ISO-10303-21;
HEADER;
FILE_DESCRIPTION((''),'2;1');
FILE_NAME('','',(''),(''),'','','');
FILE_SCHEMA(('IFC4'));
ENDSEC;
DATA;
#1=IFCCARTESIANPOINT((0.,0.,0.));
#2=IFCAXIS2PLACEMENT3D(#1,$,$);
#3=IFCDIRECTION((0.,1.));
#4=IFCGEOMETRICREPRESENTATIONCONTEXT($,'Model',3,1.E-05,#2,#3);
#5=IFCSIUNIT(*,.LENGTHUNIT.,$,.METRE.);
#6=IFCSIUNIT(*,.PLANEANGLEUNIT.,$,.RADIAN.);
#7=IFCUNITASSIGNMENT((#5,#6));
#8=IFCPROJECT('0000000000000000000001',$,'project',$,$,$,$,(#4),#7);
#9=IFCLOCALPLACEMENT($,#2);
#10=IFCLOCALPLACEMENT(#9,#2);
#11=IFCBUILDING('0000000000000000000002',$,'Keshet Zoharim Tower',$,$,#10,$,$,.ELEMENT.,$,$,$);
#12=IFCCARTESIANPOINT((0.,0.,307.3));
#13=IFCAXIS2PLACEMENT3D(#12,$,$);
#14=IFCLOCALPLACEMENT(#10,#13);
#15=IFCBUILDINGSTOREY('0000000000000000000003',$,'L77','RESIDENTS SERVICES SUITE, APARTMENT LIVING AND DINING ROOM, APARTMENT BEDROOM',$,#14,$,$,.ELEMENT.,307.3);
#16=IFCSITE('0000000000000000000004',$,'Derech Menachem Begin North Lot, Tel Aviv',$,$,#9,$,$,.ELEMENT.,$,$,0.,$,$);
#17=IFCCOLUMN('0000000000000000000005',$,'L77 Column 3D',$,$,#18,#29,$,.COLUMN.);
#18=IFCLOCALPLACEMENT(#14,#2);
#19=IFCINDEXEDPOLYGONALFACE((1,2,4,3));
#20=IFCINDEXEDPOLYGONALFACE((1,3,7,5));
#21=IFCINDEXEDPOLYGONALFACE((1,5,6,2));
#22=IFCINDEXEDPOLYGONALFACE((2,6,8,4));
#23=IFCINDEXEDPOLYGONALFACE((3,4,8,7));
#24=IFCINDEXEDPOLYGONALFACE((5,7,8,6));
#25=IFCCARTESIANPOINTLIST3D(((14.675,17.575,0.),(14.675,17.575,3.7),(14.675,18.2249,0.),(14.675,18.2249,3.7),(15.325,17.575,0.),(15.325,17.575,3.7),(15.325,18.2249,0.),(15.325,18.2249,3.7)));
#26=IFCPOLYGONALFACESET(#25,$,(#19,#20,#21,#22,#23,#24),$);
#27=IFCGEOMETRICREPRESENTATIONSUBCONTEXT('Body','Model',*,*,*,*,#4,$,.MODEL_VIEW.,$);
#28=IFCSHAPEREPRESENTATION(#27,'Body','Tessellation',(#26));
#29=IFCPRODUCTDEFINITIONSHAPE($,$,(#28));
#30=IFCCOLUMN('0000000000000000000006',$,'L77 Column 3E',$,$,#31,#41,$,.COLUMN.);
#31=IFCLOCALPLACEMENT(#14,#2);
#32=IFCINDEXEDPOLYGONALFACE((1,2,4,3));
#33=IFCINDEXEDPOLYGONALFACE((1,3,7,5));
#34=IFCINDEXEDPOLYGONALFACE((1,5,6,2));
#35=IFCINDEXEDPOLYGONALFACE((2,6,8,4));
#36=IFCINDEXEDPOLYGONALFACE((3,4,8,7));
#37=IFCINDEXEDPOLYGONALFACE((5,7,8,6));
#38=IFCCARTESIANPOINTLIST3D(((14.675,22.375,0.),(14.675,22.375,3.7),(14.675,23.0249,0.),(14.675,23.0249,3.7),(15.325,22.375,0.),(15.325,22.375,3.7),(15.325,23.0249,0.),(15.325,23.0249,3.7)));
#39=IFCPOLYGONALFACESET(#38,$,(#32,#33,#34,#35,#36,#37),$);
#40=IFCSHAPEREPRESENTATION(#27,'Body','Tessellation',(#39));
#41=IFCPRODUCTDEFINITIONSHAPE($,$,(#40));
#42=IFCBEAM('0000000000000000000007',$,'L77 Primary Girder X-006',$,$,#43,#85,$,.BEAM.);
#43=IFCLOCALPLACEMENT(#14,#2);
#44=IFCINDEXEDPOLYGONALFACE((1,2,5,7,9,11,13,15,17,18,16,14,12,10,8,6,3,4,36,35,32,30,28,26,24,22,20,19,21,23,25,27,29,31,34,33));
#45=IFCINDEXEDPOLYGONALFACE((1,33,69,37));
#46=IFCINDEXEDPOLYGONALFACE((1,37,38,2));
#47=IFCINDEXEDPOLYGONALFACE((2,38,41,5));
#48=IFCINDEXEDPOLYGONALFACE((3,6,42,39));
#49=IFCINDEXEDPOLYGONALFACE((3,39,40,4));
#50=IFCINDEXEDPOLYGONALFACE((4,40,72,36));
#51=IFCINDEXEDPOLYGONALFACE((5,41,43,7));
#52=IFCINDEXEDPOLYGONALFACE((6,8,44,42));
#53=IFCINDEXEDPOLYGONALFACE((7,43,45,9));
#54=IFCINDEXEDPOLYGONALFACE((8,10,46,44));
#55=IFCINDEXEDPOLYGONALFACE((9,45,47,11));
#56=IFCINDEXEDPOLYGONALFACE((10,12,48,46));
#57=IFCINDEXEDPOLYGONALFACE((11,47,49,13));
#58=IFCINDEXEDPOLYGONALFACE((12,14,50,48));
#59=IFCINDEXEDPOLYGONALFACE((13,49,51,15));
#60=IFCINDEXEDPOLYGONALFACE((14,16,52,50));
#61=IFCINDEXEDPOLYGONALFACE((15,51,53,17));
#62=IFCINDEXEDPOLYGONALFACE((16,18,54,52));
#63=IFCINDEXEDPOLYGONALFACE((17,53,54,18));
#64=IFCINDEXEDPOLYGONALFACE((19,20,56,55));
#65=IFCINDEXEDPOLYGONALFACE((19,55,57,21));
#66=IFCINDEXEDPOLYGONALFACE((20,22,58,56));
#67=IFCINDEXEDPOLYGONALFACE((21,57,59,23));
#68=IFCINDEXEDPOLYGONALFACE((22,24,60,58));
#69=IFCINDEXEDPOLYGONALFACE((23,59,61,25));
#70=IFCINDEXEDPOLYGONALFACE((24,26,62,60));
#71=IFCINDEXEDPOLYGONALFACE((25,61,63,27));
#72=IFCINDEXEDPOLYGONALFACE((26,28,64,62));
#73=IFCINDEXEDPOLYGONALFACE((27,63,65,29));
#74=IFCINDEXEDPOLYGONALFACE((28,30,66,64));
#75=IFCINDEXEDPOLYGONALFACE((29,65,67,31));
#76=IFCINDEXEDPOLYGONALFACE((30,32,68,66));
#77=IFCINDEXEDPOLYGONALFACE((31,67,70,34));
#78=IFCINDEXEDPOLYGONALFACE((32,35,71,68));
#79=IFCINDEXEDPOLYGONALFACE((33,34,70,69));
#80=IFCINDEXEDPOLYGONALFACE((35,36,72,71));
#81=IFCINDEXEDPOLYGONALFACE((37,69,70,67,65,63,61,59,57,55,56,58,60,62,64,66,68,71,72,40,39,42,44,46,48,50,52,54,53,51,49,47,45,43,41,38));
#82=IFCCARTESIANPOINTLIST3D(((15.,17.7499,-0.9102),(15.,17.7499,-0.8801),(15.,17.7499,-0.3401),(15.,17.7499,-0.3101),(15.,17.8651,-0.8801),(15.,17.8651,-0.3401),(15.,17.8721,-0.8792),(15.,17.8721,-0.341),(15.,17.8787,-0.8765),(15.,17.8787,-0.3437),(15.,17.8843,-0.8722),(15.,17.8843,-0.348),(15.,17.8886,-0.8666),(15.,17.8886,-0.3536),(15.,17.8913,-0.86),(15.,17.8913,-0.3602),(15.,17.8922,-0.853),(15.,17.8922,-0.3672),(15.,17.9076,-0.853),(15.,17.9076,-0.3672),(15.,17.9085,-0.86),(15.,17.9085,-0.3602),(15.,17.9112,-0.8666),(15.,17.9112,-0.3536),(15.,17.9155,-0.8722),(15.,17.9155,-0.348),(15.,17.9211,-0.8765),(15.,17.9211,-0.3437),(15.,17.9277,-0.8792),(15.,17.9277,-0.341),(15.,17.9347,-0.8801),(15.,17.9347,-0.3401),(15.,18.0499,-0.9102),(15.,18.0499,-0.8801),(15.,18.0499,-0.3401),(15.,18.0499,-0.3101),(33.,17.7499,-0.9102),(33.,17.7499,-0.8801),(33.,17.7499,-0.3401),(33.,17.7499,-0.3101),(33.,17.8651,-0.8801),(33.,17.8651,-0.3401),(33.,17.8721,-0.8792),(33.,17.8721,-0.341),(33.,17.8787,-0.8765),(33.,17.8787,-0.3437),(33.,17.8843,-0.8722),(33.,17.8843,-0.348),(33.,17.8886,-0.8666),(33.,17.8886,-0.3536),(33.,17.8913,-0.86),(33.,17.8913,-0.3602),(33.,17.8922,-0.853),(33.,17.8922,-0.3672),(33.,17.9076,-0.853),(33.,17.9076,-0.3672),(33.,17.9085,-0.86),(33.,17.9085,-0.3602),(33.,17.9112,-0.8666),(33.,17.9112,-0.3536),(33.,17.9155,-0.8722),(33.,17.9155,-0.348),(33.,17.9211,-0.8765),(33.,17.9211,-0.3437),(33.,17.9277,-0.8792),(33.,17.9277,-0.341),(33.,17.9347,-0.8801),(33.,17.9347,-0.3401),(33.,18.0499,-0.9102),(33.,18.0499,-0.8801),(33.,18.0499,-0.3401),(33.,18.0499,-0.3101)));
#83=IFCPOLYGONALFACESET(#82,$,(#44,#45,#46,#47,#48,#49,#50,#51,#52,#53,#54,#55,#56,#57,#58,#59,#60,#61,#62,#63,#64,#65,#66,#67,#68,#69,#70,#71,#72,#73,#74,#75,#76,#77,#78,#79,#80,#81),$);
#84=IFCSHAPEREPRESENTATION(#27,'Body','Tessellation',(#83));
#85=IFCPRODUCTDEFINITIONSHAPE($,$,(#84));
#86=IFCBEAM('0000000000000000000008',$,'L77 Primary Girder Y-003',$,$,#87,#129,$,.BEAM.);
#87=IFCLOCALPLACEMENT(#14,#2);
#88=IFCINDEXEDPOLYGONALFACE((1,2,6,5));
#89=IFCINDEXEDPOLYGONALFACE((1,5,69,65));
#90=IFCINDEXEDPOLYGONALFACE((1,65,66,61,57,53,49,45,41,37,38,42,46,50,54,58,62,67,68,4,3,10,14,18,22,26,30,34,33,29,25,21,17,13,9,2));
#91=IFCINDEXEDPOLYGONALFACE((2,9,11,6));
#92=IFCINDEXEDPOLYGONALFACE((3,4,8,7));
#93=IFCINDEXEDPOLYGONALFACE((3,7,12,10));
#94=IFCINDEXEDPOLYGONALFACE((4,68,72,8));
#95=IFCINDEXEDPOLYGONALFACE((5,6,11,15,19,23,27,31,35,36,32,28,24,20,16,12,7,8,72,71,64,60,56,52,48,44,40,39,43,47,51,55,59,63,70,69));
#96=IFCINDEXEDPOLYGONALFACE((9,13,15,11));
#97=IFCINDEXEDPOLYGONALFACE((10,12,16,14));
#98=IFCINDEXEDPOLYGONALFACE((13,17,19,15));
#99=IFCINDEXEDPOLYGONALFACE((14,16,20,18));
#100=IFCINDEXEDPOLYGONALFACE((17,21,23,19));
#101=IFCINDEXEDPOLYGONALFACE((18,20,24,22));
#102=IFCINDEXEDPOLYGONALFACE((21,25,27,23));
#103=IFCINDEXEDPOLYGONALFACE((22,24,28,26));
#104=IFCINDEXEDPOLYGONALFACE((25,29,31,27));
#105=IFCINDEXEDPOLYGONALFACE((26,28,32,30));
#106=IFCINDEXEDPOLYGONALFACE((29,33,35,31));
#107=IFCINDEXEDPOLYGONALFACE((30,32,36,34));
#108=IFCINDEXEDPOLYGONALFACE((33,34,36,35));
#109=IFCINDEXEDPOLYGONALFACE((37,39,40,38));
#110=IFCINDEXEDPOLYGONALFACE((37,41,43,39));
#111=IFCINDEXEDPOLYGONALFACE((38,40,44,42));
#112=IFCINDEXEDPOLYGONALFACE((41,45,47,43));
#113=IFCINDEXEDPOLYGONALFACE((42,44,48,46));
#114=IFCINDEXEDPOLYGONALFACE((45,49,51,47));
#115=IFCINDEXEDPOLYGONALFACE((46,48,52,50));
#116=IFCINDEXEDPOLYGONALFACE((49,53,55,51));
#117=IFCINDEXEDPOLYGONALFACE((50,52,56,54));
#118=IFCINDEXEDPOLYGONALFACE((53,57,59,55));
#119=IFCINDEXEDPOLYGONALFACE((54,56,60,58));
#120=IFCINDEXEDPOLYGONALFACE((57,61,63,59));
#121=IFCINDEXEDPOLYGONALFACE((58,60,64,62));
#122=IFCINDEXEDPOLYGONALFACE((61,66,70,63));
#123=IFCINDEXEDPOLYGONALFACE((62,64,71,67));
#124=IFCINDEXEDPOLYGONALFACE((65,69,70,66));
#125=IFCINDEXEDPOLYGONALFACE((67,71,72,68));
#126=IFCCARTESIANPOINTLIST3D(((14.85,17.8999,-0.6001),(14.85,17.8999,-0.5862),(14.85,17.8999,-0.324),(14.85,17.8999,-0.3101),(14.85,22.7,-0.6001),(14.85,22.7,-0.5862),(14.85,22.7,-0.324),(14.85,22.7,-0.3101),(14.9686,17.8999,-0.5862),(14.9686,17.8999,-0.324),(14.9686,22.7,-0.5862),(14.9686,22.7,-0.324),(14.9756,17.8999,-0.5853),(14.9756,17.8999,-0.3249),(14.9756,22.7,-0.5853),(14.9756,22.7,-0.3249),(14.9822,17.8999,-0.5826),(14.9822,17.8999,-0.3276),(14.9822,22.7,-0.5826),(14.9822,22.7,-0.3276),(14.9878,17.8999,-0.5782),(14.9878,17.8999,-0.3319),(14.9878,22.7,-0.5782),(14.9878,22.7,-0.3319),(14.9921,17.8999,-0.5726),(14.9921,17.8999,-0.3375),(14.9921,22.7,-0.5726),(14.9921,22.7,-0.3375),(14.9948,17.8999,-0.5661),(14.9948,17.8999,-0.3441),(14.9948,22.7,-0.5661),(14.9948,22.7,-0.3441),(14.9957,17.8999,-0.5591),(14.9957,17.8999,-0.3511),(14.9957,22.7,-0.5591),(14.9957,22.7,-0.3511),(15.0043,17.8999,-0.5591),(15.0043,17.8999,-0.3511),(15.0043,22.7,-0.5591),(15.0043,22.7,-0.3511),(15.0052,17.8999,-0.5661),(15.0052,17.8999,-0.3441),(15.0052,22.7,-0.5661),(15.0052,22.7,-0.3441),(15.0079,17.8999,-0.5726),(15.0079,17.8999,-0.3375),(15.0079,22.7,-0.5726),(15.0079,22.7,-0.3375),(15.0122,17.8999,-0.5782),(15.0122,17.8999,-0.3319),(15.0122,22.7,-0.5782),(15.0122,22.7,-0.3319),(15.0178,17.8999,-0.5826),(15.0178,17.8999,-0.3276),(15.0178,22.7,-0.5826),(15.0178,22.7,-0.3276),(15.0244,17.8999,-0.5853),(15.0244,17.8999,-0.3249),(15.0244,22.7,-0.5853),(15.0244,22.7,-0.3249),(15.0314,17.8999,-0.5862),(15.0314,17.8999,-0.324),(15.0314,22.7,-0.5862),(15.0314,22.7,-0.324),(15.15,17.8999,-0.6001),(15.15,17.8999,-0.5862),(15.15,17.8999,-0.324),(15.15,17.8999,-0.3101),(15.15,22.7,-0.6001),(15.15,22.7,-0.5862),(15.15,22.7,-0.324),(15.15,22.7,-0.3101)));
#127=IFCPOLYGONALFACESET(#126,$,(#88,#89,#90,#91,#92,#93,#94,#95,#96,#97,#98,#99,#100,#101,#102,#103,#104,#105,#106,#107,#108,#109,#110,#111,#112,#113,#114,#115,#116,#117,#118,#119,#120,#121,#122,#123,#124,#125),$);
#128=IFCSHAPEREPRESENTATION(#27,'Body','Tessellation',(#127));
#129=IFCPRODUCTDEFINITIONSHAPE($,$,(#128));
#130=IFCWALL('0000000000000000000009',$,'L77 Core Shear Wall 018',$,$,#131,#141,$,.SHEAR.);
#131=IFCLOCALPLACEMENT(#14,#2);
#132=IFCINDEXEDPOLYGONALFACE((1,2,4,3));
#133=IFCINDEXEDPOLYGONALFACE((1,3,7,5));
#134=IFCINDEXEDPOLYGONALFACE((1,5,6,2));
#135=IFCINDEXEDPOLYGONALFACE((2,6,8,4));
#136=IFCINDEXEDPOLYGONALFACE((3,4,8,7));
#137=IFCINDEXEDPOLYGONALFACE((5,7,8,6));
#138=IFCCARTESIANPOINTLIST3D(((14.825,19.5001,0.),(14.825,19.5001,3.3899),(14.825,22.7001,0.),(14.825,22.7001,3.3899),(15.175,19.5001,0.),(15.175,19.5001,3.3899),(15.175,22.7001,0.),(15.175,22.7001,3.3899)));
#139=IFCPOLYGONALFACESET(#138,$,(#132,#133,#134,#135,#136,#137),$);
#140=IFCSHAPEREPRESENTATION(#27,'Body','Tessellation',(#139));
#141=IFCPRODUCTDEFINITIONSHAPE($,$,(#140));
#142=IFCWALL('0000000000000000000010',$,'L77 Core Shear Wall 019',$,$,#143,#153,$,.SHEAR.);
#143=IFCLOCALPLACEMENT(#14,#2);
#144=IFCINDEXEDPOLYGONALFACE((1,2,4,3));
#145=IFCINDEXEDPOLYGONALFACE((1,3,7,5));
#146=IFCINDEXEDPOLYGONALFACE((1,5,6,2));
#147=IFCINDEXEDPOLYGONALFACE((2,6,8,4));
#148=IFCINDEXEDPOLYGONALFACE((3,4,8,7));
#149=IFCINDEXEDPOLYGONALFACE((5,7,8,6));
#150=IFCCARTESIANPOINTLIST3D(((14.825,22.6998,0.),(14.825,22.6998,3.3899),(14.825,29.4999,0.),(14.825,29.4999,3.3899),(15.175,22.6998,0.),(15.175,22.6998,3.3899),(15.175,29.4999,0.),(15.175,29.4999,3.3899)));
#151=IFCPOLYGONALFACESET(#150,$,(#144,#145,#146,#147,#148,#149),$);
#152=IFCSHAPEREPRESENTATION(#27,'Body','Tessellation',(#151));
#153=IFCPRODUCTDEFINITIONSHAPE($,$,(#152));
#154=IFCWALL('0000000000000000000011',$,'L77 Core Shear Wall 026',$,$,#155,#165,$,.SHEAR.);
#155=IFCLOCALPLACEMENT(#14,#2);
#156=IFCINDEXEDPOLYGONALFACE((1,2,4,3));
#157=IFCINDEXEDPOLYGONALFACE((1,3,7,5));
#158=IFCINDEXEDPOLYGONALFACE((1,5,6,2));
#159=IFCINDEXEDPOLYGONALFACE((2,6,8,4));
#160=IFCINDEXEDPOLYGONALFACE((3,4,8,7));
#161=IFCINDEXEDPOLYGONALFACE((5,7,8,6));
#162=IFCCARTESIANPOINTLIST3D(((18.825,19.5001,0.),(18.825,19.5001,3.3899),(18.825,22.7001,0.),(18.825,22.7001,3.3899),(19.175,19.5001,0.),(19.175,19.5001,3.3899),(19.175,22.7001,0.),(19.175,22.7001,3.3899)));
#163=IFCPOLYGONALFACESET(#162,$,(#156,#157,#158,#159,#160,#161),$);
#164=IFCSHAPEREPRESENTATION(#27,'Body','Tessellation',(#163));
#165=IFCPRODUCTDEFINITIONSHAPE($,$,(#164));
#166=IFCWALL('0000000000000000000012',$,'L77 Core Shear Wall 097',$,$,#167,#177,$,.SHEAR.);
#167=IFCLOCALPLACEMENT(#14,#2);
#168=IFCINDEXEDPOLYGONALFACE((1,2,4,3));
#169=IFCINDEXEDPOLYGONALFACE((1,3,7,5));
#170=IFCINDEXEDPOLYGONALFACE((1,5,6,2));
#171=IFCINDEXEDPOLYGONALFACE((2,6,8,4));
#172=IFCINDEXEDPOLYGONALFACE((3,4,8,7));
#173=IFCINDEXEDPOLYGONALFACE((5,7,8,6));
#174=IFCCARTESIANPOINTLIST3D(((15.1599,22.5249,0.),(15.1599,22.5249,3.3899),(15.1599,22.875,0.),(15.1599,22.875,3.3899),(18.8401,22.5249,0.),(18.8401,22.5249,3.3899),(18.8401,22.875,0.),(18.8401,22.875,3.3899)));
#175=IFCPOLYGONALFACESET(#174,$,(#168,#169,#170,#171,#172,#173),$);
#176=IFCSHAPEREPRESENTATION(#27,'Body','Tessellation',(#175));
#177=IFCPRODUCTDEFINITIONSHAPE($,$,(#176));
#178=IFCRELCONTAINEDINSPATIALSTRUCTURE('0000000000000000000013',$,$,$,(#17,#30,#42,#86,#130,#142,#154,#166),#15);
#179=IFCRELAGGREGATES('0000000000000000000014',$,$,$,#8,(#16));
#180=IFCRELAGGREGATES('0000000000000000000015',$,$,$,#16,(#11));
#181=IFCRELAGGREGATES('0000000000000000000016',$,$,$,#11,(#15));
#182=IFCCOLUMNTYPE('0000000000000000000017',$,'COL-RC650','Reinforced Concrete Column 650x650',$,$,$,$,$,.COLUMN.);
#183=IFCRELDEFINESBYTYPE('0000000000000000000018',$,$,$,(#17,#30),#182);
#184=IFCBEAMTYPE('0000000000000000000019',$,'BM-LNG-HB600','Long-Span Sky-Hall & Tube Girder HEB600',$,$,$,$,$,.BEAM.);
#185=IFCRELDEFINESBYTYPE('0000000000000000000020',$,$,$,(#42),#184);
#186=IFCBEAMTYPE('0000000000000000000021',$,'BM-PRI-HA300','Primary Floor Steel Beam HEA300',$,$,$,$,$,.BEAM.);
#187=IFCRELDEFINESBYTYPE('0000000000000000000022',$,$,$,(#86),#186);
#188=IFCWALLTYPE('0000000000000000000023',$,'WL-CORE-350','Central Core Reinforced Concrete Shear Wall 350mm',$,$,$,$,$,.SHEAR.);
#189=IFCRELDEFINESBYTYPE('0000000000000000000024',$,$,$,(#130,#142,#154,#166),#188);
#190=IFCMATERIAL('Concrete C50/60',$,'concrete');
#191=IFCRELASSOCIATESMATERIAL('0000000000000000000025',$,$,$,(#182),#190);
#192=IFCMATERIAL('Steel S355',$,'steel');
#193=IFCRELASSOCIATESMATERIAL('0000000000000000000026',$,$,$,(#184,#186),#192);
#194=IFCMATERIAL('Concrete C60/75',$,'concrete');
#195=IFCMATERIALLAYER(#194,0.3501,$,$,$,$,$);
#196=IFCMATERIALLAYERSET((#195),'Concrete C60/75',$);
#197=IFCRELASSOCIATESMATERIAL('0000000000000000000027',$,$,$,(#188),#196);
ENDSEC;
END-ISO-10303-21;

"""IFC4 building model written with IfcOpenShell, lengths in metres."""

from ifc_helpers import new_model, si_unit, direction, frame, frame_2d, origin, origin_2d, place, context, subcontext, project, spatial, rectangle, i_section, extrude, material, layer, layer_set, material_profile, profile_set, type_object, element, save


model = new_model("IFC4")

# Units and contexts
model_context = context("Model", 3, precision=1e-05, world=origin(), true_north=direction((0.0, 1.0)))
body_context = subcontext(model_context, "Body", "Model", "MODEL_VIEW")
ifc_project = project(units=[si_unit("LENGTHUNIT", "METRE"), si_unit("PLANEANGLEUNIT", "RADIAN")], contexts=[model_context])

# Site, building, storey
site_placement = place(None, origin())
site = spatial("IfcSite", under=ifc_project, at=site_placement, Name="Derech Menachem Begin North Lot, Tel Aviv", CompositionType="ELEMENT", RefElevation=0.0)
building_placement = place(site_placement, origin())
building = spatial("IfcBuilding", under=site, at=building_placement, Name="Keshet Zoharim Tower", CompositionType="ELEMENT")
storey_placement = place(building_placement, frame((0.0, 0.0, 307.3)))
storey = spatial("IfcBuildingStorey", under=building, at=storey_placement, Name="L77", Description="RESIDENTS SERVICES SUITE, APARTMENT LIVING AND DINING ROOM, APARTMENT BEDROOM", CompositionType="ELEMENT", Elevation=307.3)

# Columns
ifc_material_1 = material(Name="Concrete C50/60", Category="concrete")
ifc_material_profile_1 = material_profile(ifc_material_1, rectangle(XDim=0.6499, YDim=0.6499, at=origin_2d()), Name="RC650x650")
ifc_profile_set_1 = profile_set([ifc_material_profile_1], Name="Concrete C50/60")
column_type = type_object("IfcColumnType", Name="COL-RC650", Description="Reinforced Concrete Column 650x650", PredefinedType="COLUMN", material=ifc_profile_set_1)
for number, where, z_axis, x_axis, name in (
    (1, (15.0, 17.8999, 0.0), (0.0, 0.0, 1.0), (1.0, 0.0, 0.0), "L77 Column 3D"),
    (2, (15.0, 22.7, 0.0), (0.0, 0.0, 1.0), (1.0, 0.0, 0.0), "L77 Column 3E"),
):
    element("IfcColumn", number, at=place(storey_placement, frame(where, z_axis=z_axis, x_axis=x_axis)), inside=storey, type_object=column_type, Name=name, PredefinedType="COLUMN", context=body_context, shape_type="SweptSolid", body=[
        extrude(rectangle(XDim=0.6499, YDim=0.6499, at=origin_2d()), origin(), (0.0, 0.0, 1.0), 3.7),
    ])

# Beams
ifc_material_2 = material(Name="Steel S355", Category="steel")
ifc_material_profile_2 = material_profile(ifc_material_2, i_section(OverallWidth=0.3, OverallDepth=0.6001, WebThickness=0.0154, FlangeThickness=0.03, FilletRadius=0.0271, at=origin_2d()), Name="HEB600")
ifc_profile_set_2 = profile_set([ifc_material_profile_2], Name="Steel S355")
beam_type_1 = type_object("IfcBeamType", Name="BM-LNG-HB600", Description="Long-Span Sky-Hall & Tube Girder HEB600", PredefinedType="BEAM", material=ifc_profile_set_2)
beam_1_placement = place(storey_placement, frame((15.0, 17.8999, -0.6101), z_axis=(1.0, 0.0, 0.0), x_axis=(0.0, 1.0, 0.0)))
element("IfcBeam", 3, at=beam_1_placement, inside=storey, type_object=beam_type_1, Name="L77 Primary Girder X-006", PredefinedType="BEAM", context=body_context, shape_type="SweptSolid", body=[
    extrude(i_section(OverallWidth=0.3, OverallDepth=0.6001, WebThickness=0.0154, FlangeThickness=0.03, FilletRadius=0.0271, at=origin_2d()), origin(), (0.0, 0.0, 1.0), 18.0),
])
ifc_material_profile_3 = material_profile(ifc_material_2, i_section(OverallWidth=0.3, OverallDepth=0.29, WebThickness=0.0085, FlangeThickness=0.0139, FilletRadius=0.0271, at=origin_2d()), Name="HEA300")
ifc_profile_set_3 = profile_set([ifc_material_profile_3], Name="Steel S355")
beam_type_2 = type_object("IfcBeamType", Name="BM-PRI-HA300", Description="Primary Floor Steel Beam HEA300", PredefinedType="BEAM", material=ifc_profile_set_3)
beam_2_placement = place(storey_placement, frame((15.0, 17.8999, -0.4551), z_axis=(0.0, 1.0, 0.0), x_axis=(-1.0, 0.0, 0.0)))
element("IfcBeam", 4, at=beam_2_placement, inside=storey, type_object=beam_type_2, Name="L77 Primary Girder Y-003", PredefinedType="BEAM", context=body_context, shape_type="SweptSolid", body=[
    extrude(i_section(OverallWidth=0.3, OverallDepth=0.29, WebThickness=0.0085, FlangeThickness=0.0139, FilletRadius=0.0271, at=origin_2d()), origin(), (0.0, 0.0, 1.0), 4.8),
])

# Walls
ifc_material_3 = material(Name="Concrete C60/75", Category="concrete")
ifc_layer_1 = layer(ifc_material_3, 0.3501)
ifc_layer_set_1 = layer_set([ifc_layer_1], Name="Concrete C60/75")
wall_type_1 = type_object("IfcWallType", Name="WL-CORE-350", Description="Central Core Reinforced Concrete Shear Wall 350mm", PredefinedType="SHEAR", material=ifc_layer_set_1)
wall_1_placement = place(storey_placement, frame((15.0, 19.5, 0.0), z_axis=(0.0, 0.0, 1.0), x_axis=(0.0, 1.0, 0.0)))
element("IfcWall", 5, at=wall_1_placement, inside=storey, type_object=wall_type_1, Name="L77 Core Shear Wall 018", PredefinedType="SHEAR", context=body_context, shape_type="SweptSolid", body=[
    extrude(rectangle(XDim=3.2, YDim=0.3501, at=frame_2d((1.6001, 0.0))), origin(), (0.0, 0.0, 1.0), 3.3899),
])
wall_2_placement = place(storey_placement, frame((15.0, 22.7, 0.0), z_axis=(0.0, 0.0, 1.0), x_axis=(0.0, 1.0, 0.0)))
element("IfcWall", 6, at=wall_2_placement, inside=storey, type_object=wall_type_1, Name="L77 Core Shear Wall 019", PredefinedType="SHEAR", context=body_context, shape_type="SweptSolid", body=[
    extrude(rectangle(XDim=6.8, YDim=0.3501, at=frame_2d((3.3999, 0.0))), origin(), (0.0, 0.0, 1.0), 3.3899),
])
wall_3_placement = place(storey_placement, frame((19.0, 19.5, 0.0), z_axis=(0.0, 0.0, 1.0), x_axis=(0.0, 1.0, 0.0)))
element("IfcWall", 7, at=wall_3_placement, inside=storey, type_object=wall_type_1, Name="L77 Core Shear Wall 026", PredefinedType="SHEAR", context=body_context, shape_type="SweptSolid", body=[
    extrude(rectangle(XDim=3.2, YDim=0.3501, at=frame_2d((1.6001, 0.0))), origin(), (0.0, 0.0, 1.0), 3.3899),
])

# Wall
wall_4_placement = place(storey_placement, frame((15.1599, 22.7, 0.0), z_axis=(0.0, 0.0, 1.0), x_axis=(1.0, 0.0, 0.0)))
element("IfcWall", 8, at=wall_4_placement, inside=storey, type_object=wall_type_1, Name="L77 Core Shear Wall 097", PredefinedType="SHEAR", context=body_context, shape_type="SweptSolid", body=[
    extrude(rectangle(XDim=3.6802, YDim=0.3501, at=frame_2d((1.8401, 0.0))), origin(), (0.0, 0.0, 1.0), 3.3899),
])

save(model, "model.ifc")
